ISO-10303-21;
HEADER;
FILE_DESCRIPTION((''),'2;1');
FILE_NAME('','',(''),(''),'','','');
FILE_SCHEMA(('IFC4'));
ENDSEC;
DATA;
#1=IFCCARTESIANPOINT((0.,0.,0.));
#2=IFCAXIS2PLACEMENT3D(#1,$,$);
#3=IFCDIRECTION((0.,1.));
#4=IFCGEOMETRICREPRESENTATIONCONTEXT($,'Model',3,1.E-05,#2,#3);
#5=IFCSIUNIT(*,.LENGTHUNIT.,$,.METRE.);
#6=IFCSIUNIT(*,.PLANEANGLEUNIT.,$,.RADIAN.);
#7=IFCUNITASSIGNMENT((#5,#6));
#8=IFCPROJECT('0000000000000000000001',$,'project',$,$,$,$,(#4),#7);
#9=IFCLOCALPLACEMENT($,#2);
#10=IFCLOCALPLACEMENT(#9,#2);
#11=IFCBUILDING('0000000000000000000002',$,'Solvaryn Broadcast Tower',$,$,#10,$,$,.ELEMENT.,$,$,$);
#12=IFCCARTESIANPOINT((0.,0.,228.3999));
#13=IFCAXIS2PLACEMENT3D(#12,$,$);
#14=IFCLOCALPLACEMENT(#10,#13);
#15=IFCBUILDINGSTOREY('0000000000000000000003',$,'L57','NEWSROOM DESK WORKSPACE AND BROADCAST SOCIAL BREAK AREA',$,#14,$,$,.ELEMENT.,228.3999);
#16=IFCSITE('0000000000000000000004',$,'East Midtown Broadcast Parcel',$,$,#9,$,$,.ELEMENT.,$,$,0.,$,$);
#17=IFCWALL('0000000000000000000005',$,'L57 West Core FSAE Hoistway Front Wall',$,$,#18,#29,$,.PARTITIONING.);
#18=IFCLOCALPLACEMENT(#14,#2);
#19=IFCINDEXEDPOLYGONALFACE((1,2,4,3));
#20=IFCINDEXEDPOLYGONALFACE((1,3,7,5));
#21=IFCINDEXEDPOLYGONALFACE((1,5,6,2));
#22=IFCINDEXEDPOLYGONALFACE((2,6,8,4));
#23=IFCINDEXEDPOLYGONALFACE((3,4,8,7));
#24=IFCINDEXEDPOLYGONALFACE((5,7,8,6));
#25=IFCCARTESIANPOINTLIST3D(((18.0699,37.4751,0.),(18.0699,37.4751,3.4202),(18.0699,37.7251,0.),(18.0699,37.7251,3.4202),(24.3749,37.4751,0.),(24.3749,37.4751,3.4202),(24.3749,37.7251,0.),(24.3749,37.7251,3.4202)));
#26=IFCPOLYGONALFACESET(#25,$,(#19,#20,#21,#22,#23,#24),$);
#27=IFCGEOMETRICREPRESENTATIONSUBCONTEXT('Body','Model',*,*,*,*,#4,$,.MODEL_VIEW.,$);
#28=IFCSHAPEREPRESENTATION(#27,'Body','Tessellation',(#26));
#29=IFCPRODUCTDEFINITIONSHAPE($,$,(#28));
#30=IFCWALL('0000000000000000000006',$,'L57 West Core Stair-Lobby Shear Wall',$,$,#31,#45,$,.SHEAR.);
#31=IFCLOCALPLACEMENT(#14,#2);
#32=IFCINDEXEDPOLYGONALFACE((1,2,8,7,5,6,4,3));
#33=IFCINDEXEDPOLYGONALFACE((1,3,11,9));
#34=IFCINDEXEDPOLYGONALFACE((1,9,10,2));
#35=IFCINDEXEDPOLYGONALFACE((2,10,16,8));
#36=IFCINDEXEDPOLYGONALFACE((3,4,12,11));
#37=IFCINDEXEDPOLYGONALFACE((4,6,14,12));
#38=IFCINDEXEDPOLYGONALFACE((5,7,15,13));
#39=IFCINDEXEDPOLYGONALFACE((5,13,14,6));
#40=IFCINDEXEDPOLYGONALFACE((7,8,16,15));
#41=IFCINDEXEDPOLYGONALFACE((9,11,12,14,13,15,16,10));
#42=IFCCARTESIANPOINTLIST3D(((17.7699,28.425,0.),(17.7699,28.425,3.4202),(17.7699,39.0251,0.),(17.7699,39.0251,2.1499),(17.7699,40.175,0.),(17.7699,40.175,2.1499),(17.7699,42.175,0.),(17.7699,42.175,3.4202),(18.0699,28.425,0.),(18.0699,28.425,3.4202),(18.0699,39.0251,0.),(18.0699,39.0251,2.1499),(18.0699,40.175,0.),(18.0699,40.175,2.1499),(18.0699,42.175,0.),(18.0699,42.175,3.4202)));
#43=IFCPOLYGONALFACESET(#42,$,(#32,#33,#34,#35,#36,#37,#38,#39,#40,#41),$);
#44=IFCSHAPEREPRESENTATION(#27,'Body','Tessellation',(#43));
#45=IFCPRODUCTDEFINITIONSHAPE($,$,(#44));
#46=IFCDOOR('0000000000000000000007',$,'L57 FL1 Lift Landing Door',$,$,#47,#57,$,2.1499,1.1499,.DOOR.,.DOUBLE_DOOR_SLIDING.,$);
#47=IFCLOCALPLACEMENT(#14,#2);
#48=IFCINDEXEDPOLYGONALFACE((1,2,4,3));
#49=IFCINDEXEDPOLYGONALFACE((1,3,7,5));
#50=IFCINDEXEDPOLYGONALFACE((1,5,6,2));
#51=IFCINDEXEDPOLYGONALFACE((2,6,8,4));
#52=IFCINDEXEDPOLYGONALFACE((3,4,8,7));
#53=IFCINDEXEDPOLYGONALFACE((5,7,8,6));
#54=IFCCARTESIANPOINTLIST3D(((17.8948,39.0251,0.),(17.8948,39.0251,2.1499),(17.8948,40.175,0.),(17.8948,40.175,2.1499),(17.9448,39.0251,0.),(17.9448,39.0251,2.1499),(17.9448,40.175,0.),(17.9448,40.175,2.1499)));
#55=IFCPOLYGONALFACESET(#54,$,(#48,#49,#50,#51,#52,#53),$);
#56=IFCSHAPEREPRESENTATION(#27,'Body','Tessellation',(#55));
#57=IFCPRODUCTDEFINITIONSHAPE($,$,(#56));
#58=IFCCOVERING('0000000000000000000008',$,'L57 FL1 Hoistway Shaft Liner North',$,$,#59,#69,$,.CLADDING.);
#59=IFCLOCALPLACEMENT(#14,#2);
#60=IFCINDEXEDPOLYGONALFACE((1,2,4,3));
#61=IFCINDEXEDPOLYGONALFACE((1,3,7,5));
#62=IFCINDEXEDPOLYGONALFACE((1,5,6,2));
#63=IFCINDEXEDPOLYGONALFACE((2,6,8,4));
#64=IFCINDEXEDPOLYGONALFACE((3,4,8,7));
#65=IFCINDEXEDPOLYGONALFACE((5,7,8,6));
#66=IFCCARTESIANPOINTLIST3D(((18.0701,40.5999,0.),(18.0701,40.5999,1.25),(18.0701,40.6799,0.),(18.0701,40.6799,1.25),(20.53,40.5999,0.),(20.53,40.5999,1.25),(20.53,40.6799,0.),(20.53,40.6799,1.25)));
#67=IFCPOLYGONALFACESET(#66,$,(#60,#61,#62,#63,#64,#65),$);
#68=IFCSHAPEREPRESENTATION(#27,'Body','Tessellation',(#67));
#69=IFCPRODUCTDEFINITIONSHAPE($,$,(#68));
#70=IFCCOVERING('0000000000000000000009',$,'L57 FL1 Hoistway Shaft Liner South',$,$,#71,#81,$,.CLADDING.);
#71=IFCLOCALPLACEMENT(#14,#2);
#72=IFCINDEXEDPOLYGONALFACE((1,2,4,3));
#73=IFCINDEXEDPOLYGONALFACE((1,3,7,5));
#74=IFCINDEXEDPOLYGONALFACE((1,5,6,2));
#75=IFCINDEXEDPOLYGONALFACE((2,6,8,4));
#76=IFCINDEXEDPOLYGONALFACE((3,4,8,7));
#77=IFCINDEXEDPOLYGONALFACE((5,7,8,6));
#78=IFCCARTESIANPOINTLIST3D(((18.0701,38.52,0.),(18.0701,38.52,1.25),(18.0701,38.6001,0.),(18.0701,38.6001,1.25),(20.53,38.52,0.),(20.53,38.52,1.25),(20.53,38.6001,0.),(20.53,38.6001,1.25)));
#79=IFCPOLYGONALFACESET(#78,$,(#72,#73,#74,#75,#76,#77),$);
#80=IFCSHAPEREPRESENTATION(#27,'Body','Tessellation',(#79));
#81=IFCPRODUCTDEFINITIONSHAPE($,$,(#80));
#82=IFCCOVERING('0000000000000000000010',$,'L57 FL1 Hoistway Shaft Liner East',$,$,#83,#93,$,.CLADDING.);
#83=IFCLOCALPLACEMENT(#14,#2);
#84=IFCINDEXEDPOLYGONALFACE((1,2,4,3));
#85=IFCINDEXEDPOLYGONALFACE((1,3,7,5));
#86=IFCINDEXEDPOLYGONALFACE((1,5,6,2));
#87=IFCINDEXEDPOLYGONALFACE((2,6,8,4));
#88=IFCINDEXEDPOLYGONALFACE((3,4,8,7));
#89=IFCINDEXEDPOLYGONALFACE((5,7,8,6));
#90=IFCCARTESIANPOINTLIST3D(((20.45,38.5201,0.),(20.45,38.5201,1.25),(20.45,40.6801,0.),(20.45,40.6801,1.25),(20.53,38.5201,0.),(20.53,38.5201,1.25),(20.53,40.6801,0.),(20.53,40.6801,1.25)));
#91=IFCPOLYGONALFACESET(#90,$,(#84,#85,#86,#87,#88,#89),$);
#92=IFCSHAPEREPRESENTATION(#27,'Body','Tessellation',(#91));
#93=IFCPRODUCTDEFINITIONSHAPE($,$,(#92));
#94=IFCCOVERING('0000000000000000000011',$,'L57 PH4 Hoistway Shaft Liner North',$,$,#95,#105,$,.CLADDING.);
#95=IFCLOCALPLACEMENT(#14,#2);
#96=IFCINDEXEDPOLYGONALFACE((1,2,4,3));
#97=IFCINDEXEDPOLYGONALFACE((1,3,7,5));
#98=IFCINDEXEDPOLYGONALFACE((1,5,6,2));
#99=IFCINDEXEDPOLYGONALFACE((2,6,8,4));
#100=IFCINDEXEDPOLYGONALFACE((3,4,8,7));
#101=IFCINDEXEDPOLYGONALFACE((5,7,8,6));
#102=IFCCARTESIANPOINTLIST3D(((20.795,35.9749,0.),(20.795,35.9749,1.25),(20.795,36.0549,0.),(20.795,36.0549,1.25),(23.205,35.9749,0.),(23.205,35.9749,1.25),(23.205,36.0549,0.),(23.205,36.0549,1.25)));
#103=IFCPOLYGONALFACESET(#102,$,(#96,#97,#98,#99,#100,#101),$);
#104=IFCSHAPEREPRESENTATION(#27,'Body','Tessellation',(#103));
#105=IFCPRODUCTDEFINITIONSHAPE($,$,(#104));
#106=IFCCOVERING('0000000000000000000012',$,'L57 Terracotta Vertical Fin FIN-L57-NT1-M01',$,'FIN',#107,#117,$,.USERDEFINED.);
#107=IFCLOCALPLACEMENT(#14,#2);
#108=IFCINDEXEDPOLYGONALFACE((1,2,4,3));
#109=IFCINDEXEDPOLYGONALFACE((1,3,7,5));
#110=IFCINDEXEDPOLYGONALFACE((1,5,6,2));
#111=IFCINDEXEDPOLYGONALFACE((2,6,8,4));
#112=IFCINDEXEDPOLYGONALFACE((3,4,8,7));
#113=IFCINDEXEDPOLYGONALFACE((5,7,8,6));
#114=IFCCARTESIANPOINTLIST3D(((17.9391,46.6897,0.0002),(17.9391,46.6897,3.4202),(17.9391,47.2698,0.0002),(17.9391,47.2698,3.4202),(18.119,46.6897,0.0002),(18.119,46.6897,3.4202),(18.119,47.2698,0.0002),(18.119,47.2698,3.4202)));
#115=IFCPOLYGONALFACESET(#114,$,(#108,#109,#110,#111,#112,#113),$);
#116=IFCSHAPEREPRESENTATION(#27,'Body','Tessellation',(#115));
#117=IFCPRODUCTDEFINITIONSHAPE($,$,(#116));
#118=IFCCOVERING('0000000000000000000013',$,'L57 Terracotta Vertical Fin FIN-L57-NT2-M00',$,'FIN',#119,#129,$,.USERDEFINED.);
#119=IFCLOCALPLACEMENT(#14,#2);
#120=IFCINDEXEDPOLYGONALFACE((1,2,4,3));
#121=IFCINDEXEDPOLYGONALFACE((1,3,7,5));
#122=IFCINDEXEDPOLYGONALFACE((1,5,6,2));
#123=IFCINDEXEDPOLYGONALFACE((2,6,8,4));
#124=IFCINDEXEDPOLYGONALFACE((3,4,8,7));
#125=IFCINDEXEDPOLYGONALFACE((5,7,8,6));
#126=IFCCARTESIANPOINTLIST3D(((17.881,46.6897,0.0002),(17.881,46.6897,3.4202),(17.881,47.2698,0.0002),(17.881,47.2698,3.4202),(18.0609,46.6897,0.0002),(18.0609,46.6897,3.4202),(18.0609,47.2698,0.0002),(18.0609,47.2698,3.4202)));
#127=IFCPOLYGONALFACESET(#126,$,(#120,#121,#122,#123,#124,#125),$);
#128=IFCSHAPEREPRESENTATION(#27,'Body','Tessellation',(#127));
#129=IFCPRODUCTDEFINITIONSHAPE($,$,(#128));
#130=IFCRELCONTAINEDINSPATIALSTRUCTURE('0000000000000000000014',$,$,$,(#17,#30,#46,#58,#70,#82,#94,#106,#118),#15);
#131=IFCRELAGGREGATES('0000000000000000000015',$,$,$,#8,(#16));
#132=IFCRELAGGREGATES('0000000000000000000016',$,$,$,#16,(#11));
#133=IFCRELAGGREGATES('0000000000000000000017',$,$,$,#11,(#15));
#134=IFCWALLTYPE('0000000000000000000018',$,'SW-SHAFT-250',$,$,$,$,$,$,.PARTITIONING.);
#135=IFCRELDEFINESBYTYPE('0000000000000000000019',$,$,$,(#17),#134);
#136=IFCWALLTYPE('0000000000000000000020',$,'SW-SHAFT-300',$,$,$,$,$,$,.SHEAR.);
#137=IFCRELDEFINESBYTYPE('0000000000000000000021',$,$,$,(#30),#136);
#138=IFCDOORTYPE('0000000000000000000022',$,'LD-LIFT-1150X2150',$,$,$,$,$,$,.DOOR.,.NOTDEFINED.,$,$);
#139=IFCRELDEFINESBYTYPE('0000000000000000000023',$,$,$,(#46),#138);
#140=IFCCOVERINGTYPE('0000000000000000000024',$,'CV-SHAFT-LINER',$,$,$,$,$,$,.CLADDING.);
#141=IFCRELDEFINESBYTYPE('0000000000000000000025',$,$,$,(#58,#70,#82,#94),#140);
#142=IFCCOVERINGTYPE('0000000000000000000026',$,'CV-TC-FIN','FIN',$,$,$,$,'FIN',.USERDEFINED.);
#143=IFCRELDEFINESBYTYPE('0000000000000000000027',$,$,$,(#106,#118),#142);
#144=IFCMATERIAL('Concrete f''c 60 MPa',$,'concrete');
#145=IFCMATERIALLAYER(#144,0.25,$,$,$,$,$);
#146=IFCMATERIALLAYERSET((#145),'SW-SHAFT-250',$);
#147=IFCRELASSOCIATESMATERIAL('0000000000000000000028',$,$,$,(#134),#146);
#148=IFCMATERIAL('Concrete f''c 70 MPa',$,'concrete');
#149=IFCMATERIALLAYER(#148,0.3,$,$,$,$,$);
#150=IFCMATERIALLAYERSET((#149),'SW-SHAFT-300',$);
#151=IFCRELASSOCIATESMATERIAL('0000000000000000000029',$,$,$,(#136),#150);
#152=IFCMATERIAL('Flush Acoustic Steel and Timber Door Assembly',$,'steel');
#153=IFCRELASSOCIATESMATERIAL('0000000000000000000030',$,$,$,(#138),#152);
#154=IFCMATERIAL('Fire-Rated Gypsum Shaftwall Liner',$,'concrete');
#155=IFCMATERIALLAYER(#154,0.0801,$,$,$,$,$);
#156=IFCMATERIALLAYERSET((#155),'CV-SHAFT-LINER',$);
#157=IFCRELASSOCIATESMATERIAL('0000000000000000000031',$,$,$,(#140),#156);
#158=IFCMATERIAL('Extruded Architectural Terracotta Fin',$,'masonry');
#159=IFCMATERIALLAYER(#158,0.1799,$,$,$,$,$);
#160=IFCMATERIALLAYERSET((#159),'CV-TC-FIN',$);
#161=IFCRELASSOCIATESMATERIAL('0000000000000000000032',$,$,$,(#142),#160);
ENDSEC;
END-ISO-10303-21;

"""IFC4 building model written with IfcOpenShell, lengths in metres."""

from ifc_helpers import new_model, si_unit, direction, frame, frame_2d, origin, origin_2d, place, context, subcontext, project, spatial, rectangle, extrude, material, layer, layer_set, type_object, element, fill, save


model = new_model("IFC4")

# Units and contexts
model_context = context("Model", 3, precision=1e-05, world=origin(), true_north=direction((0.0, 1.0)))
body_context = subcontext(model_context, "Body", "Model", "MODEL_VIEW")
ifc_project = project(units=[si_unit("LENGTHUNIT", "METRE"), si_unit("PLANEANGLEUNIT", "RADIAN")], contexts=[model_context])

# Site, building, storey
site_placement = place(None, origin())
site = spatial("IfcSite", under=ifc_project, at=site_placement, Name="East Midtown Broadcast Parcel", CompositionType="ELEMENT", RefElevation=0.0)
building_placement = place(site_placement, origin())
building = spatial("IfcBuilding", under=site, at=building_placement, Name="Solvaryn Broadcast Tower", CompositionType="ELEMENT")
storey_placement = place(building_placement, frame((0.0, 0.0, 228.3999)))
storey = spatial("IfcBuildingStorey", under=building, at=storey_placement, Name="L57", Description="NEWSROOM DESK WORKSPACE AND BROADCAST SOCIAL BREAK AREA", CompositionType="ELEMENT", Elevation=228.3999)

# Wall
ifc_material_1 = material(Name="Concrete f'c 60 MPa", Category="concrete")
ifc_layer_1 = layer(ifc_material_1, 0.25)
ifc_layer_set_1 = layer_set([ifc_layer_1], Name="SW-SHAFT-250")
wall_type_1 = type_object("IfcWallType", Name="SW-SHAFT-250", PredefinedType="PARTITIONING", material=ifc_layer_set_1)
wall_1_placement = place(storey_placement, frame((18.0701, 37.6001, 0.0), z_axis=(0.0, 0.0, 1.0), x_axis=(1.0, 0.0, 0.0)))
element("IfcWall", 1, at=wall_1_placement, inside=storey, type_object=wall_type_1, Name="L57 West Core FSAE Hoistway Front Wall", PredefinedType="PARTITIONING", context=body_context, shape_type="SweptSolid", body=[
    extrude(rectangle(XDim=6.3049, YDim=0.25, at=frame_2d((3.1523, 0.0))), origin(), (0.0, 0.0, 1.0), 3.4202),
])

# Wall, opening, door
ifc_material_2 = material(Name="Concrete f'c 70 MPa", Category="concrete")
ifc_layer_2 = layer(ifc_material_2, 0.3)
ifc_layer_set_2 = layer_set([ifc_layer_2], Name="SW-SHAFT-300")
wall_type_2 = type_object("IfcWallType", Name="SW-SHAFT-300", PredefinedType="SHEAR", material=ifc_layer_set_2)
wall_2_placement = place(storey_placement, frame((17.9199, 42.175, 0.0), z_axis=(0.0, 0.0, 1.0), x_axis=(0.0, -1.0, 0.0)))
wall_2 = element("IfcWall", 2, at=wall_2_placement, inside=storey, type_object=wall_type_2, Name="L57 West Core Stair-Lobby Shear Wall", PredefinedType="SHEAR", context=body_context, shape_type="SweptSolid", body=[
    extrude(rectangle(XDim=13.75, YDim=0.3, at=frame_2d((6.875, 0.0))), origin(), (0.0, 0.0, 1.0), 3.4202),
])
opening_1_placement = place(wall_2_placement, frame((2.0, 0.0, 0.0)))
opening_1 = element("IfcOpeningElement", 3, at=opening_1_placement, cuts=wall_2, PredefinedType="OPENING", context=body_context, shape_type="SweptSolid", body=[
    extrude(rectangle(XDim=1.1499, YDim=2.1499, at=frame_2d((0.575, 1.075))), frame((0.0, 0.1599, 0.0), z_axis=(0.0, -1.0, 0.0), x_axis=(1.0, 0.0, 0.0)), (0.0, 0.0, 1.0), 0.3201),
])
ifc_material_3 = material(Name="Flush Acoustic Steel and Timber Door Assembly", Category="steel")
door_type_1 = type_object("IfcDoorType", Name="LD-LIFT-1150X2150", OperationType="NOTDEFINED", PredefinedType="DOOR", material=ifc_material_3)
door_1_placement = place(opening_1_placement, origin())
door_1 = element("IfcDoor", 4, at=door_1_placement, inside=storey, type_object=door_type_1, Name="L57 FL1 Lift Landing Door", OperationType="DOUBLE_DOOR_SLIDING", OverallHeight=2.1499, OverallWidth=1.1499, PredefinedType="DOOR", context=body_context, shape_type="SweptSolid", body=[
    extrude(rectangle(XDim=1.1499, YDim=2.1499, at=frame_2d((0.575, 1.075))), frame((0.0, 0.0249, 0.0), z_axis=(0.0, -1.0, 0.0), x_axis=(1.0, 0.0, 0.0)), (0.0, 0.0, 1.0), 0.05),
])
fill(opening_1, door_1)

# Coverings
ifc_material_4 = material(Name="Fire-Rated Gypsum Shaftwall Liner", Category="concrete")
ifc_layer_3 = layer(ifc_material_4, 0.0801)
ifc_layer_set_3 = layer_set([ifc_layer_3], Name="CV-SHAFT-LINER")
covering_type_1 = type_object("IfcCoveringType", Name="CV-SHAFT-LINER", PredefinedType="CLADDING", material=ifc_layer_set_3)
for number, where, z_axis, x_axis, name in (
    (5, (19.3, 40.6399, 0.0), (0.0, 0.0, 1.0), (1.0, 0.0, 0.0), "L57 FL1 Hoistway Shaft Liner North"),
    (6, (19.3, 38.5601, 0.0), (0.0, 0.0, 1.0), (1.0, 0.0, 0.0), "L57 FL1 Hoistway Shaft Liner South"),
):
    element("IfcCovering", number, at=place(storey_placement, frame(where, z_axis=z_axis, x_axis=x_axis)), inside=storey, type_object=covering_type_1, Name=name, PredefinedType="CLADDING", context=body_context, shape_type="SweptSolid", body=[
        extrude(rectangle(XDim=2.46, YDim=0.0801, at=origin_2d()), origin(), (0.0, 0.0, 1.0), 1.25),
    ])
covering_1_placement = place(storey_placement, frame((20.49, 39.6001, 0.0), z_axis=(0.0, 0.0, 1.0), x_axis=(1.0, 0.0, 0.0)))
element("IfcCovering", 7, at=covering_1_placement, inside=storey, type_object=covering_type_1, Name="L57 FL1 Hoistway Shaft Liner East", PredefinedType="CLADDING", context=body_context, shape_type="SweptSolid", body=[
    extrude(rectangle(XDim=0.0801, YDim=2.1599, at=origin_2d()), origin(), (0.0, 0.0, 1.0), 1.25),
])
covering_2_placement = place(storey_placement, frame((22.0, 36.0149, 0.0), z_axis=(0.0, 0.0, 1.0), x_axis=(1.0, 0.0, 0.0)))
element("IfcCovering", 8, at=covering_2_placement, inside=storey, type_object=covering_type_1, Name="L57 PH4 Hoistway Shaft Liner North", PredefinedType="CLADDING", context=body_context, shape_type="SweptSolid", body=[
    extrude(rectangle(XDim=2.4099, YDim=0.0801, at=origin_2d()), origin(), (0.0, 0.0, 1.0), 1.25),
])
ifc_material_5 = material(Name="Extruded Architectural Terracotta Fin", Category="masonry")
ifc_layer_4 = layer(ifc_material_5, 0.1799)
ifc_layer_set_4 = layer_set([ifc_layer_4], Name="CV-TC-FIN")
covering_type_2 = type_object("IfcCoveringType", Name="CV-TC-FIN", Description="FIN", ElementType="FIN", PredefinedType="USERDEFINED", material=ifc_layer_set_4)
for number, where, z_axis, x_axis, name in (
    (9, (18.0291, 46.9797, 0.0002), (0.0, 0.0, 1.0), (1.0, 0.0, 0.0), "L57 Terracotta Vertical Fin FIN-L57-NT1-M01"),
    (10, (17.9709, 46.9797, 0.0002), (0.0, 0.0, 1.0), (1.0, 0.0, 0.0), "L57 Terracotta Vertical Fin FIN-L57-NT2-M00"),
):
    element("IfcCovering", number, at=place(storey_placement, frame(where, z_axis=z_axis, x_axis=x_axis)), inside=storey, type_object=covering_type_2, Name=name, ObjectType="FIN", PredefinedType="USERDEFINED", context=body_context, shape_type="SweptSolid", body=[
        extrude(rectangle(XDim=0.1799, YDim=0.5801, at=origin_2d()), origin(), (0.0, 0.0, 1.0), 3.4199),
    ])

save(model, "model.ifc")
